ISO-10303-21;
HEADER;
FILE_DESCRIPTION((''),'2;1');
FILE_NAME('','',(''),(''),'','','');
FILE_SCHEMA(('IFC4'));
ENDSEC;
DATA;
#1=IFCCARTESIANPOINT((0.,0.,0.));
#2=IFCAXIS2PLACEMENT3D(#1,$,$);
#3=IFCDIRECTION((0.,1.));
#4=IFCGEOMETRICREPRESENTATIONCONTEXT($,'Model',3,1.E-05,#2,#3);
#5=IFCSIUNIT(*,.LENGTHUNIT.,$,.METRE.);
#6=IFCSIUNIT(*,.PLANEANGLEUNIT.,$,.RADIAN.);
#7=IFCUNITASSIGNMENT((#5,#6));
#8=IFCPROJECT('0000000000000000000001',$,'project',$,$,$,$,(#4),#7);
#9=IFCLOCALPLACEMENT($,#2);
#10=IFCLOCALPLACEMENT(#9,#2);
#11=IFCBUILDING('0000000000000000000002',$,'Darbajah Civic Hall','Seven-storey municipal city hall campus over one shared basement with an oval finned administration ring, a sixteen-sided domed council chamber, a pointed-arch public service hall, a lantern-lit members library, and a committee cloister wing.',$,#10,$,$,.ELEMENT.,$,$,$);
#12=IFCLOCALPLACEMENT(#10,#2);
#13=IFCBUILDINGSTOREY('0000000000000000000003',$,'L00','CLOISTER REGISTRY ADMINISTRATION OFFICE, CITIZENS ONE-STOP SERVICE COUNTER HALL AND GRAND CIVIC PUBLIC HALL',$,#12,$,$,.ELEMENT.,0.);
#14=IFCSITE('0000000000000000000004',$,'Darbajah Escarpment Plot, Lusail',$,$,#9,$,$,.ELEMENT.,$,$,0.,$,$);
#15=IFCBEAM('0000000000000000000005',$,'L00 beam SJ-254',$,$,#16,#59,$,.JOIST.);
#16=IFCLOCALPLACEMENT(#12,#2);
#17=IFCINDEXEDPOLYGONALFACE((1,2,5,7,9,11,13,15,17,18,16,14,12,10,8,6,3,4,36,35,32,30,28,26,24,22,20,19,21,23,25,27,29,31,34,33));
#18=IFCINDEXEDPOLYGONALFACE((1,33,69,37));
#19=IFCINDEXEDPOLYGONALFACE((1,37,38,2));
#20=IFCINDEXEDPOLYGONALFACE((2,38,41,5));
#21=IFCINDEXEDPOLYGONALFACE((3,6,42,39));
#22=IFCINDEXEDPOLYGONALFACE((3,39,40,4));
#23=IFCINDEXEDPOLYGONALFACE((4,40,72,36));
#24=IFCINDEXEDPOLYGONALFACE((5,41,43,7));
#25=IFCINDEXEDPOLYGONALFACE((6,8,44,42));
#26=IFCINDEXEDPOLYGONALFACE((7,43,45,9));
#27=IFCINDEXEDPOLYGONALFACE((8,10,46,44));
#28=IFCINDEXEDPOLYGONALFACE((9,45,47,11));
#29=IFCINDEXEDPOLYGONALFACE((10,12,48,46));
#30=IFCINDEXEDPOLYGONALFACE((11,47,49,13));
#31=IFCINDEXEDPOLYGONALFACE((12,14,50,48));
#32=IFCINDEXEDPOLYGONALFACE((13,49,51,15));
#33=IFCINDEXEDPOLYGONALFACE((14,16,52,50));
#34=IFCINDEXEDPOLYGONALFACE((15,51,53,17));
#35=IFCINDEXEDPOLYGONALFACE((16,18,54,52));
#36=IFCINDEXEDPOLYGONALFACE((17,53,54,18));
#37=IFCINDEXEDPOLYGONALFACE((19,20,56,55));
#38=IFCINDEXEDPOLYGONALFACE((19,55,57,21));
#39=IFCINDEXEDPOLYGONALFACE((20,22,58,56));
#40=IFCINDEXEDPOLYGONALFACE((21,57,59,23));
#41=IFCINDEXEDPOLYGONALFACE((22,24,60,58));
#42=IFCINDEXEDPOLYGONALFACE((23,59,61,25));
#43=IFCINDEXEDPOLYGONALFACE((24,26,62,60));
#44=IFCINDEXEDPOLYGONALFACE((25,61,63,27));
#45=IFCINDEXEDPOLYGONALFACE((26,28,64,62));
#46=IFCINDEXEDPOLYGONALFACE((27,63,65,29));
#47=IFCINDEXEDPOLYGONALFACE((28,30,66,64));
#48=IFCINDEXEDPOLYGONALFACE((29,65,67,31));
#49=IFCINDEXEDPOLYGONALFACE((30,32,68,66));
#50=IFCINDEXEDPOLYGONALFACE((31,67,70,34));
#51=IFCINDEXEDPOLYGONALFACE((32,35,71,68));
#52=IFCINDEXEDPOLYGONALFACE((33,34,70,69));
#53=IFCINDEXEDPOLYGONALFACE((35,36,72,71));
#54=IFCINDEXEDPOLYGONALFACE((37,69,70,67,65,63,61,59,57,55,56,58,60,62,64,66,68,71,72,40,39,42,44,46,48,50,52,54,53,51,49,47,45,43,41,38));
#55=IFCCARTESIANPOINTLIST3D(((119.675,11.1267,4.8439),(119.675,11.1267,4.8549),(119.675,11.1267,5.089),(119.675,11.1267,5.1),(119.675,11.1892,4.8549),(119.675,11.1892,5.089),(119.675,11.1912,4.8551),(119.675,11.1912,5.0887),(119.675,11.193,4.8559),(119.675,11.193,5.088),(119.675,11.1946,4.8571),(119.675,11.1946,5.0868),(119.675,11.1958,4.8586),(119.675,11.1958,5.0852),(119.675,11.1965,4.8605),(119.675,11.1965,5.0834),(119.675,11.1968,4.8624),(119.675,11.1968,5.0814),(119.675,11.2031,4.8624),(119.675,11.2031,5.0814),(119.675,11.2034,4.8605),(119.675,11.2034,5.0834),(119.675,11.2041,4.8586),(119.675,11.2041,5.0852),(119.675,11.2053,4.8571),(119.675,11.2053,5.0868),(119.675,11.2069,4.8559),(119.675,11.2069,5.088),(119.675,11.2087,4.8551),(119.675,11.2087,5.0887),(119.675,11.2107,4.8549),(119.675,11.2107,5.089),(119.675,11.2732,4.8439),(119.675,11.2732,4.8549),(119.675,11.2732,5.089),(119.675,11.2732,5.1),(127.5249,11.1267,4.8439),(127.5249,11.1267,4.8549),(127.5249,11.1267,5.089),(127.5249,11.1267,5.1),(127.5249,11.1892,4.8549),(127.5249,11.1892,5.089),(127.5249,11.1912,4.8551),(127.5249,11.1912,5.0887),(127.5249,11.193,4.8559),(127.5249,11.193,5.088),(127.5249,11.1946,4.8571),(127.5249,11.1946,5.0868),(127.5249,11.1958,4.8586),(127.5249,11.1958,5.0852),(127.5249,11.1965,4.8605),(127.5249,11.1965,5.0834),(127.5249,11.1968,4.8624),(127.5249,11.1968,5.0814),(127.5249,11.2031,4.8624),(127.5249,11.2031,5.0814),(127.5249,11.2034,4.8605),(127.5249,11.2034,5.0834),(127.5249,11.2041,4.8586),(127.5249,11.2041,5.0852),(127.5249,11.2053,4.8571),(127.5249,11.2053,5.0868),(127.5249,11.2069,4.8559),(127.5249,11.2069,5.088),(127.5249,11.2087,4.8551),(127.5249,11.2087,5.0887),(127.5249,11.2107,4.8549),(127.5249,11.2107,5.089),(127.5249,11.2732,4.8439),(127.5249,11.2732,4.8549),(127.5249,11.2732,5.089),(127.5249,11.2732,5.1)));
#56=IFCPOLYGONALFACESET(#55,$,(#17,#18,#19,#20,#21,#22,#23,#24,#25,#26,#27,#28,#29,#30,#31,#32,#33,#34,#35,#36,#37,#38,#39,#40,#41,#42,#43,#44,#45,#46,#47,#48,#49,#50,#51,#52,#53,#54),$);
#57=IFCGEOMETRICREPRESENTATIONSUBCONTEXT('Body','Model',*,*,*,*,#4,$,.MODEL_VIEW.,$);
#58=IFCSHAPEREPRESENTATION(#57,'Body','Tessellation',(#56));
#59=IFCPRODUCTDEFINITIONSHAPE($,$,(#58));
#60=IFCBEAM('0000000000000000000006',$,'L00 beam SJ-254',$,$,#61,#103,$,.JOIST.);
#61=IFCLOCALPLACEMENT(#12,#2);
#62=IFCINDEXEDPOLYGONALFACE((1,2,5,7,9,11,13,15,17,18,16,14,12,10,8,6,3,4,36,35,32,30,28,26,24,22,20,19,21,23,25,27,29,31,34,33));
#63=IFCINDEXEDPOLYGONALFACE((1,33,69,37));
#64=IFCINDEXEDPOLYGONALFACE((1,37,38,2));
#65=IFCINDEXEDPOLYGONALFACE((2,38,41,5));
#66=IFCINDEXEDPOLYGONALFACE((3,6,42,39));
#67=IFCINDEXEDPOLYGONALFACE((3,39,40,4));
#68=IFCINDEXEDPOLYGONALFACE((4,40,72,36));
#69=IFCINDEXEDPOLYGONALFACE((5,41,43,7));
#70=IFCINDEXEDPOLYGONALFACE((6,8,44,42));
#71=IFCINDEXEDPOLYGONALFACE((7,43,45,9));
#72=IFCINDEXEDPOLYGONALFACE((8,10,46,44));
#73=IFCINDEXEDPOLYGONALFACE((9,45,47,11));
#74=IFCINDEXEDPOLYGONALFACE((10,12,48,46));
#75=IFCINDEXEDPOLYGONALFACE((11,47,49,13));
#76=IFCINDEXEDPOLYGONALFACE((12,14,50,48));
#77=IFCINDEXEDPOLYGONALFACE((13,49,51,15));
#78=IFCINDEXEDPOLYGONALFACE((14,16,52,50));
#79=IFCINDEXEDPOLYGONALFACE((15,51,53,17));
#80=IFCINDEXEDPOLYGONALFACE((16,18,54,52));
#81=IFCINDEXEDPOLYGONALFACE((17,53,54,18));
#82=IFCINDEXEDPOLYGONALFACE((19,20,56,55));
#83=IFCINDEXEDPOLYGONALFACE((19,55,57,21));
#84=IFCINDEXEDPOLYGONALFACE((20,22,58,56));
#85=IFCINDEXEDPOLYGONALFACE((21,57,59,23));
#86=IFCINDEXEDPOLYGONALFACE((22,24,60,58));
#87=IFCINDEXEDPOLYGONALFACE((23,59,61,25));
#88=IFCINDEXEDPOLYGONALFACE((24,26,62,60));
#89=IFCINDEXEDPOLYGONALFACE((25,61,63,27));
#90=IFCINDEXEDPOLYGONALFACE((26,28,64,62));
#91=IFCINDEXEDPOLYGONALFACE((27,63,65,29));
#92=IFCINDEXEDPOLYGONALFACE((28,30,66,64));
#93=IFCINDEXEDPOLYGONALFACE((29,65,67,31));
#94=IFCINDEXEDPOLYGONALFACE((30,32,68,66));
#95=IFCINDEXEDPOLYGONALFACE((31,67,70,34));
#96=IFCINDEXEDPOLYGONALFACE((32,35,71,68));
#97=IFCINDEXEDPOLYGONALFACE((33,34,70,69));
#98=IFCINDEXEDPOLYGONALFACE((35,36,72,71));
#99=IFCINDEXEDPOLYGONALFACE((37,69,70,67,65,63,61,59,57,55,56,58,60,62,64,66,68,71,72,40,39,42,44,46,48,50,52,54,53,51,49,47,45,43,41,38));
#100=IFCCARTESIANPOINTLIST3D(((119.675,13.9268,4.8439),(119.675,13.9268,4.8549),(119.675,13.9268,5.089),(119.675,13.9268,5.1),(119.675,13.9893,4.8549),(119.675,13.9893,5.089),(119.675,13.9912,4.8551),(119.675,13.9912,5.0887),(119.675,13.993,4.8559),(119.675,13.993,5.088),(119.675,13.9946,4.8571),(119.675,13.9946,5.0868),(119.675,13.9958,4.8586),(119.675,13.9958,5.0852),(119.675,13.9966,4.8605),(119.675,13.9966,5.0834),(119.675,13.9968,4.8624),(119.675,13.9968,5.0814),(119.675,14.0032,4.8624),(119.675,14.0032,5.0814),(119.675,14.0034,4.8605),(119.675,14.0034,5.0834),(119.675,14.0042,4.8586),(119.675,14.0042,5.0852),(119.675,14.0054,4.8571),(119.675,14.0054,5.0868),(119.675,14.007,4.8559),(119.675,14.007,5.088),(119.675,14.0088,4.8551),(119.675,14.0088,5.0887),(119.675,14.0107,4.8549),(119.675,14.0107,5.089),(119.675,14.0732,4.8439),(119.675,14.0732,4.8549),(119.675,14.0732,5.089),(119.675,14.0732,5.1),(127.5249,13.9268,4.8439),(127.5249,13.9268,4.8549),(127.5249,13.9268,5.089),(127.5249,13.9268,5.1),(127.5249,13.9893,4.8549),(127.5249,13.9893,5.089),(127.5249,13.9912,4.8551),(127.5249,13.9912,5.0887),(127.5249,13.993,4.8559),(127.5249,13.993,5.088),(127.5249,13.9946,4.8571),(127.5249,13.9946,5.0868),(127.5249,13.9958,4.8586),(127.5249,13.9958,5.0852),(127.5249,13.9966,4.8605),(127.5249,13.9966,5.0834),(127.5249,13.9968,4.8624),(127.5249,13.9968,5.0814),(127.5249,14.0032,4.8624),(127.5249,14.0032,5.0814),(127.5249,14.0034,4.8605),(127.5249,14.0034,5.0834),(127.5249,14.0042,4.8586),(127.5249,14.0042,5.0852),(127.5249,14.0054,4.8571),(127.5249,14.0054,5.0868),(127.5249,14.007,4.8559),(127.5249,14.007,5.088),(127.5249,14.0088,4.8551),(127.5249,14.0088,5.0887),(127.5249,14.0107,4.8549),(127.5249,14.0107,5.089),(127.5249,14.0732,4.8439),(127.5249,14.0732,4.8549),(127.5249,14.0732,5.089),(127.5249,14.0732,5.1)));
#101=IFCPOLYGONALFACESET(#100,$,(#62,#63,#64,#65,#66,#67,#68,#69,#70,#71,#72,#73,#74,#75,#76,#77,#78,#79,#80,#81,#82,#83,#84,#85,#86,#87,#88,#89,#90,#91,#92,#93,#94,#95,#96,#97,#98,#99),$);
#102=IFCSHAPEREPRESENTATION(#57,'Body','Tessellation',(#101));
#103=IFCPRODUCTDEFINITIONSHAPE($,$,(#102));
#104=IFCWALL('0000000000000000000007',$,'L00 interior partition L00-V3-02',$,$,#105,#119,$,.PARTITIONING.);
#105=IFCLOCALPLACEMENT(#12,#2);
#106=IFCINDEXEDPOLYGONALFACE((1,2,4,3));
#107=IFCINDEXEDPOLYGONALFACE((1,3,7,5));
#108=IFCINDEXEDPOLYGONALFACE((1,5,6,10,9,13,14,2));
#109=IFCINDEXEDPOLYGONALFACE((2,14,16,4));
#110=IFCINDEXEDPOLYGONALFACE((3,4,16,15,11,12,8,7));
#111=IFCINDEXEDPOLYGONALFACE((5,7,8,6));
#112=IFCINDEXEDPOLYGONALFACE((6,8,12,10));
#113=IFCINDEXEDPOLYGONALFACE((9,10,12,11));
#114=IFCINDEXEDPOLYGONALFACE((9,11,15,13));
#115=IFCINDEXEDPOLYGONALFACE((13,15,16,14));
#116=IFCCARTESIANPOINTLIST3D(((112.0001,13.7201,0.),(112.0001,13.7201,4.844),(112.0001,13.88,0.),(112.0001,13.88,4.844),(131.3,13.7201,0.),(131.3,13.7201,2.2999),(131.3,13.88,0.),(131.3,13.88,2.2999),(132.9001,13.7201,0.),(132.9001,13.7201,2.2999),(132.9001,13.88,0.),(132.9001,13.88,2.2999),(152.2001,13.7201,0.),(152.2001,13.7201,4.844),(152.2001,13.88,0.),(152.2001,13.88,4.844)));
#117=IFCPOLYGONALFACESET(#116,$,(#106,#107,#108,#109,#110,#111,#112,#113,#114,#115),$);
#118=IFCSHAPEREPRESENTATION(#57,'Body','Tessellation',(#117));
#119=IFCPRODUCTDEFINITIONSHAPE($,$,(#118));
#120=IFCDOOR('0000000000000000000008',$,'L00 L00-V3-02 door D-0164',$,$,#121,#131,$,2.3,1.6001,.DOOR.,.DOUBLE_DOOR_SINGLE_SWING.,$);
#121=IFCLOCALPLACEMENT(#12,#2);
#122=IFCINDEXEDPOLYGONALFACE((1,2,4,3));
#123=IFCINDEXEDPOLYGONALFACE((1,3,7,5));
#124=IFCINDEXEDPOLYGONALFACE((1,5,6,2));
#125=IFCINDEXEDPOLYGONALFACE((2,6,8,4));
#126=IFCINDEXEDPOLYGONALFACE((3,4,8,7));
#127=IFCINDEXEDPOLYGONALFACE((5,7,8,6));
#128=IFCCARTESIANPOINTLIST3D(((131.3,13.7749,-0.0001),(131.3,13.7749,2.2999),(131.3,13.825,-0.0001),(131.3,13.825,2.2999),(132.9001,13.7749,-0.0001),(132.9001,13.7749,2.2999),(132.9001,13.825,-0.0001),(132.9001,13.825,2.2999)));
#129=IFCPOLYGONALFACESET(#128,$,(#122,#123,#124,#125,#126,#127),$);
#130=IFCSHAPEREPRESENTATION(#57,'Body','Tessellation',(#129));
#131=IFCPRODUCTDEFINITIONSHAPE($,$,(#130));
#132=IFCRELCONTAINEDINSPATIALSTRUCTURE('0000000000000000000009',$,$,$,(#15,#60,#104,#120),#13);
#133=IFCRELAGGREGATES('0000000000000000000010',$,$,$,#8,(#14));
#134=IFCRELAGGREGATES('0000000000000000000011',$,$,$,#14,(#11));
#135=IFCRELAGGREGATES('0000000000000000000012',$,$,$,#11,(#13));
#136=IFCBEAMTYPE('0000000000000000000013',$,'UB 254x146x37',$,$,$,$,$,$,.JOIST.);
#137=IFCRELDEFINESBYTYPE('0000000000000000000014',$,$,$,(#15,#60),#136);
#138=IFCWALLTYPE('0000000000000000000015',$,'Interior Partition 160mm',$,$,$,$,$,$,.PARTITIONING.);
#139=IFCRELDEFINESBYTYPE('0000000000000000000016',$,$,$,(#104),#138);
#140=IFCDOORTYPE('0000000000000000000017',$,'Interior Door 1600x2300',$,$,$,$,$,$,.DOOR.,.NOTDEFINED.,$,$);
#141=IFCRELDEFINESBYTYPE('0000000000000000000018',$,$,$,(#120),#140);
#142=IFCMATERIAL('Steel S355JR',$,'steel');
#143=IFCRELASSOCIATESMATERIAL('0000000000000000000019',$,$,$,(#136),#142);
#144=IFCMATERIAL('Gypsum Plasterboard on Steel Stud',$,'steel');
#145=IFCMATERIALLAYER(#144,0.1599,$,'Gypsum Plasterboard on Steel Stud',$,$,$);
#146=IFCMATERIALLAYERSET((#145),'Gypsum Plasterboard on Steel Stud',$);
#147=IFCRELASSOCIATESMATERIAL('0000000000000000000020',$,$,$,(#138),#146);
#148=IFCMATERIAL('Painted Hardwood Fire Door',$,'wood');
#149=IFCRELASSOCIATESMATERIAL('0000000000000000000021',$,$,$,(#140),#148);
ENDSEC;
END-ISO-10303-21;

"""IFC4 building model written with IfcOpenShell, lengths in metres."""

from ifc_helpers import new_model, si_unit, direction, frame, frame_2d, origin, origin_2d, place, context, subcontext, project, spatial, rectangle, i_section, extrude, material, layer, layer_set, material_profile, profile_set, type_object, element, fill, save


model = new_model("IFC4")

# Units and contexts
model_context = context("Model", 3, precision=1e-05, world=origin(), true_north=direction((0.0, 1.0)))
body_context = subcontext(model_context, "Body", "Model", "MODEL_VIEW")
ifc_project = project(units=[si_unit("LENGTHUNIT", "METRE"), si_unit("PLANEANGLEUNIT", "RADIAN")], contexts=[model_context])

# Site, building, storey
site_placement = place(None, origin())
site = spatial("IfcSite", under=ifc_project, at=site_placement, Name="Darbajah Escarpment Plot, Lusail", CompositionType="ELEMENT", RefElevation=0.0)
building_placement = place(site_placement, origin())
building = spatial("IfcBuilding", under=site, at=building_placement, Name="Darbajah Civic Hall", Description="Seven-storey municipal city hall campus over one shared basement with an oval finned administration ring, a sixteen-sided domed council chamber, a pointed-arch public service hall, a lantern-lit members library, and a committee cloister wing.", CompositionType="ELEMENT")
storey_placement = place(building_placement, origin())
storey = spatial("IfcBuildingStorey", under=building, at=storey_placement, Name="L00", Description="CLOISTER REGISTRY ADMINISTRATION OFFICE, CITIZENS ONE-STOP SERVICE COUNTER HALL AND GRAND CIVIC PUBLIC HALL", CompositionType="ELEMENT", Elevation=0.0)

# Beams
ifc_material_1 = material(Name="Steel S355JR", Category="steel")
ifc_material_profile_1 = material_profile(ifc_material_1, i_section(OverallWidth=0.1465, OverallDepth=0.2561, WebThickness=0.0063, FlangeThickness=0.011, FilletRadius=0.0076, at=origin_2d()), Name="UB 254x146x37")
ifc_profile_set_1 = profile_set([ifc_material_profile_1], Name="Steel S355JR")
beam_type_1 = type_object("IfcBeamType", Name="UB 254x146x37", PredefinedType="JOIST", material=ifc_profile_set_1)
for number, where, z_axis, x_axis, name in (
    (1, (119.675, 11.2, 4.9719), (1.0, 0.0, 0.0), (0.0, 1.0, 0.0), "L00 beam SJ-254"),
    (2, (119.675, 14.0, 4.9719), (1.0, 0.0, 0.0), (0.0, 1.0, 0.0), "L00 beam SJ-254"),
):
    element("IfcBeam", number, at=place(storey_placement, frame(where, z_axis=z_axis, x_axis=x_axis)), inside=storey, type_object=beam_type_1, Name=name, PredefinedType="JOIST", context=body_context, shape_type="SweptSolid", body=[
        extrude(i_section(OverallWidth=0.1465, OverallDepth=0.2561, WebThickness=0.0063, FlangeThickness=0.011, FilletRadius=0.0076, at=origin_2d()), origin(), (0.0, 0.0, 1.0), 7.8499),
    ])

# Wall, opening, door
ifc_material_2 = material(Name="Gypsum Plasterboard on Steel Stud", Category="steel")
ifc_layer = layer(ifc_material_2, 0.1599, Name="Gypsum Plasterboard on Steel Stud")
ifc_layer_set = layer_set([ifc_layer], Name="Gypsum Plasterboard on Steel Stud")
wall_type = type_object("IfcWallType", Name="Interior Partition 160mm", PredefinedType="PARTITIONING", material=ifc_layer_set)
wall_placement = place(storey_placement, frame((112.0, 13.8, 0.0), z_axis=(0.0, 0.0, 1.0), x_axis=(1.0, 0.0, 0.0)))
wall = element("IfcWall", 3, at=wall_placement, inside=storey, type_object=wall_type, Name="L00 interior partition L00-V3-02", PredefinedType="PARTITIONING", context=body_context, shape_type="SweptSolid", body=[
    extrude(rectangle(XDim=40.2, YDim=0.1599, at=frame_2d((20.1001, 0.0))), origin(), (0.0, 0.0, 1.0), 4.844),
])
opening_placement = place(wall_placement, frame((19.3, 0.0, 0.0)))
opening = element("IfcOpeningElement", 4, at=opening_placement, cuts=wall, PredefinedType="OPENING", context=body_context, shape_type="SweptSolid", body=[
    extrude(rectangle(XDim=1.6001, YDim=2.3, at=frame_2d((0.8, 1.1499))), frame((0.0, 0.0898, 0.0), z_axis=(0.0, -1.0, 0.0), x_axis=(1.0, 0.0, 0.0)), (0.0, 0.0, 1.0), 0.1799),
])
ifc_material_3 = material(Name="Painted Hardwood Fire Door", Category="wood")
door_type = type_object("IfcDoorType", Name="Interior Door 1600x2300", OperationType="NOTDEFINED", PredefinedType="DOOR", material=ifc_material_3)
door_placement = place(opening_placement, origin())
door = element("IfcDoor", 5, at=door_placement, inside=storey, type_object=door_type, Name="L00 L00-V3-02 door D-0164", OperationType="DOUBLE_DOOR_SINGLE_SWING", OverallHeight=2.3, OverallWidth=1.6001, PredefinedType="DOOR", context=body_context, shape_type="SweptSolid", body=[
    extrude(rectangle(XDim=1.6001, YDim=2.3, at=frame_2d((0.8, 1.1499))), frame((0.0, 0.0249, 0.0), z_axis=(0.0, -1.0, 0.0), x_axis=(1.0, 0.0, 0.0)), (0.0, 0.0, 1.0), 0.05),
])
fill(opening, door)

save(model, "model.ifc")
